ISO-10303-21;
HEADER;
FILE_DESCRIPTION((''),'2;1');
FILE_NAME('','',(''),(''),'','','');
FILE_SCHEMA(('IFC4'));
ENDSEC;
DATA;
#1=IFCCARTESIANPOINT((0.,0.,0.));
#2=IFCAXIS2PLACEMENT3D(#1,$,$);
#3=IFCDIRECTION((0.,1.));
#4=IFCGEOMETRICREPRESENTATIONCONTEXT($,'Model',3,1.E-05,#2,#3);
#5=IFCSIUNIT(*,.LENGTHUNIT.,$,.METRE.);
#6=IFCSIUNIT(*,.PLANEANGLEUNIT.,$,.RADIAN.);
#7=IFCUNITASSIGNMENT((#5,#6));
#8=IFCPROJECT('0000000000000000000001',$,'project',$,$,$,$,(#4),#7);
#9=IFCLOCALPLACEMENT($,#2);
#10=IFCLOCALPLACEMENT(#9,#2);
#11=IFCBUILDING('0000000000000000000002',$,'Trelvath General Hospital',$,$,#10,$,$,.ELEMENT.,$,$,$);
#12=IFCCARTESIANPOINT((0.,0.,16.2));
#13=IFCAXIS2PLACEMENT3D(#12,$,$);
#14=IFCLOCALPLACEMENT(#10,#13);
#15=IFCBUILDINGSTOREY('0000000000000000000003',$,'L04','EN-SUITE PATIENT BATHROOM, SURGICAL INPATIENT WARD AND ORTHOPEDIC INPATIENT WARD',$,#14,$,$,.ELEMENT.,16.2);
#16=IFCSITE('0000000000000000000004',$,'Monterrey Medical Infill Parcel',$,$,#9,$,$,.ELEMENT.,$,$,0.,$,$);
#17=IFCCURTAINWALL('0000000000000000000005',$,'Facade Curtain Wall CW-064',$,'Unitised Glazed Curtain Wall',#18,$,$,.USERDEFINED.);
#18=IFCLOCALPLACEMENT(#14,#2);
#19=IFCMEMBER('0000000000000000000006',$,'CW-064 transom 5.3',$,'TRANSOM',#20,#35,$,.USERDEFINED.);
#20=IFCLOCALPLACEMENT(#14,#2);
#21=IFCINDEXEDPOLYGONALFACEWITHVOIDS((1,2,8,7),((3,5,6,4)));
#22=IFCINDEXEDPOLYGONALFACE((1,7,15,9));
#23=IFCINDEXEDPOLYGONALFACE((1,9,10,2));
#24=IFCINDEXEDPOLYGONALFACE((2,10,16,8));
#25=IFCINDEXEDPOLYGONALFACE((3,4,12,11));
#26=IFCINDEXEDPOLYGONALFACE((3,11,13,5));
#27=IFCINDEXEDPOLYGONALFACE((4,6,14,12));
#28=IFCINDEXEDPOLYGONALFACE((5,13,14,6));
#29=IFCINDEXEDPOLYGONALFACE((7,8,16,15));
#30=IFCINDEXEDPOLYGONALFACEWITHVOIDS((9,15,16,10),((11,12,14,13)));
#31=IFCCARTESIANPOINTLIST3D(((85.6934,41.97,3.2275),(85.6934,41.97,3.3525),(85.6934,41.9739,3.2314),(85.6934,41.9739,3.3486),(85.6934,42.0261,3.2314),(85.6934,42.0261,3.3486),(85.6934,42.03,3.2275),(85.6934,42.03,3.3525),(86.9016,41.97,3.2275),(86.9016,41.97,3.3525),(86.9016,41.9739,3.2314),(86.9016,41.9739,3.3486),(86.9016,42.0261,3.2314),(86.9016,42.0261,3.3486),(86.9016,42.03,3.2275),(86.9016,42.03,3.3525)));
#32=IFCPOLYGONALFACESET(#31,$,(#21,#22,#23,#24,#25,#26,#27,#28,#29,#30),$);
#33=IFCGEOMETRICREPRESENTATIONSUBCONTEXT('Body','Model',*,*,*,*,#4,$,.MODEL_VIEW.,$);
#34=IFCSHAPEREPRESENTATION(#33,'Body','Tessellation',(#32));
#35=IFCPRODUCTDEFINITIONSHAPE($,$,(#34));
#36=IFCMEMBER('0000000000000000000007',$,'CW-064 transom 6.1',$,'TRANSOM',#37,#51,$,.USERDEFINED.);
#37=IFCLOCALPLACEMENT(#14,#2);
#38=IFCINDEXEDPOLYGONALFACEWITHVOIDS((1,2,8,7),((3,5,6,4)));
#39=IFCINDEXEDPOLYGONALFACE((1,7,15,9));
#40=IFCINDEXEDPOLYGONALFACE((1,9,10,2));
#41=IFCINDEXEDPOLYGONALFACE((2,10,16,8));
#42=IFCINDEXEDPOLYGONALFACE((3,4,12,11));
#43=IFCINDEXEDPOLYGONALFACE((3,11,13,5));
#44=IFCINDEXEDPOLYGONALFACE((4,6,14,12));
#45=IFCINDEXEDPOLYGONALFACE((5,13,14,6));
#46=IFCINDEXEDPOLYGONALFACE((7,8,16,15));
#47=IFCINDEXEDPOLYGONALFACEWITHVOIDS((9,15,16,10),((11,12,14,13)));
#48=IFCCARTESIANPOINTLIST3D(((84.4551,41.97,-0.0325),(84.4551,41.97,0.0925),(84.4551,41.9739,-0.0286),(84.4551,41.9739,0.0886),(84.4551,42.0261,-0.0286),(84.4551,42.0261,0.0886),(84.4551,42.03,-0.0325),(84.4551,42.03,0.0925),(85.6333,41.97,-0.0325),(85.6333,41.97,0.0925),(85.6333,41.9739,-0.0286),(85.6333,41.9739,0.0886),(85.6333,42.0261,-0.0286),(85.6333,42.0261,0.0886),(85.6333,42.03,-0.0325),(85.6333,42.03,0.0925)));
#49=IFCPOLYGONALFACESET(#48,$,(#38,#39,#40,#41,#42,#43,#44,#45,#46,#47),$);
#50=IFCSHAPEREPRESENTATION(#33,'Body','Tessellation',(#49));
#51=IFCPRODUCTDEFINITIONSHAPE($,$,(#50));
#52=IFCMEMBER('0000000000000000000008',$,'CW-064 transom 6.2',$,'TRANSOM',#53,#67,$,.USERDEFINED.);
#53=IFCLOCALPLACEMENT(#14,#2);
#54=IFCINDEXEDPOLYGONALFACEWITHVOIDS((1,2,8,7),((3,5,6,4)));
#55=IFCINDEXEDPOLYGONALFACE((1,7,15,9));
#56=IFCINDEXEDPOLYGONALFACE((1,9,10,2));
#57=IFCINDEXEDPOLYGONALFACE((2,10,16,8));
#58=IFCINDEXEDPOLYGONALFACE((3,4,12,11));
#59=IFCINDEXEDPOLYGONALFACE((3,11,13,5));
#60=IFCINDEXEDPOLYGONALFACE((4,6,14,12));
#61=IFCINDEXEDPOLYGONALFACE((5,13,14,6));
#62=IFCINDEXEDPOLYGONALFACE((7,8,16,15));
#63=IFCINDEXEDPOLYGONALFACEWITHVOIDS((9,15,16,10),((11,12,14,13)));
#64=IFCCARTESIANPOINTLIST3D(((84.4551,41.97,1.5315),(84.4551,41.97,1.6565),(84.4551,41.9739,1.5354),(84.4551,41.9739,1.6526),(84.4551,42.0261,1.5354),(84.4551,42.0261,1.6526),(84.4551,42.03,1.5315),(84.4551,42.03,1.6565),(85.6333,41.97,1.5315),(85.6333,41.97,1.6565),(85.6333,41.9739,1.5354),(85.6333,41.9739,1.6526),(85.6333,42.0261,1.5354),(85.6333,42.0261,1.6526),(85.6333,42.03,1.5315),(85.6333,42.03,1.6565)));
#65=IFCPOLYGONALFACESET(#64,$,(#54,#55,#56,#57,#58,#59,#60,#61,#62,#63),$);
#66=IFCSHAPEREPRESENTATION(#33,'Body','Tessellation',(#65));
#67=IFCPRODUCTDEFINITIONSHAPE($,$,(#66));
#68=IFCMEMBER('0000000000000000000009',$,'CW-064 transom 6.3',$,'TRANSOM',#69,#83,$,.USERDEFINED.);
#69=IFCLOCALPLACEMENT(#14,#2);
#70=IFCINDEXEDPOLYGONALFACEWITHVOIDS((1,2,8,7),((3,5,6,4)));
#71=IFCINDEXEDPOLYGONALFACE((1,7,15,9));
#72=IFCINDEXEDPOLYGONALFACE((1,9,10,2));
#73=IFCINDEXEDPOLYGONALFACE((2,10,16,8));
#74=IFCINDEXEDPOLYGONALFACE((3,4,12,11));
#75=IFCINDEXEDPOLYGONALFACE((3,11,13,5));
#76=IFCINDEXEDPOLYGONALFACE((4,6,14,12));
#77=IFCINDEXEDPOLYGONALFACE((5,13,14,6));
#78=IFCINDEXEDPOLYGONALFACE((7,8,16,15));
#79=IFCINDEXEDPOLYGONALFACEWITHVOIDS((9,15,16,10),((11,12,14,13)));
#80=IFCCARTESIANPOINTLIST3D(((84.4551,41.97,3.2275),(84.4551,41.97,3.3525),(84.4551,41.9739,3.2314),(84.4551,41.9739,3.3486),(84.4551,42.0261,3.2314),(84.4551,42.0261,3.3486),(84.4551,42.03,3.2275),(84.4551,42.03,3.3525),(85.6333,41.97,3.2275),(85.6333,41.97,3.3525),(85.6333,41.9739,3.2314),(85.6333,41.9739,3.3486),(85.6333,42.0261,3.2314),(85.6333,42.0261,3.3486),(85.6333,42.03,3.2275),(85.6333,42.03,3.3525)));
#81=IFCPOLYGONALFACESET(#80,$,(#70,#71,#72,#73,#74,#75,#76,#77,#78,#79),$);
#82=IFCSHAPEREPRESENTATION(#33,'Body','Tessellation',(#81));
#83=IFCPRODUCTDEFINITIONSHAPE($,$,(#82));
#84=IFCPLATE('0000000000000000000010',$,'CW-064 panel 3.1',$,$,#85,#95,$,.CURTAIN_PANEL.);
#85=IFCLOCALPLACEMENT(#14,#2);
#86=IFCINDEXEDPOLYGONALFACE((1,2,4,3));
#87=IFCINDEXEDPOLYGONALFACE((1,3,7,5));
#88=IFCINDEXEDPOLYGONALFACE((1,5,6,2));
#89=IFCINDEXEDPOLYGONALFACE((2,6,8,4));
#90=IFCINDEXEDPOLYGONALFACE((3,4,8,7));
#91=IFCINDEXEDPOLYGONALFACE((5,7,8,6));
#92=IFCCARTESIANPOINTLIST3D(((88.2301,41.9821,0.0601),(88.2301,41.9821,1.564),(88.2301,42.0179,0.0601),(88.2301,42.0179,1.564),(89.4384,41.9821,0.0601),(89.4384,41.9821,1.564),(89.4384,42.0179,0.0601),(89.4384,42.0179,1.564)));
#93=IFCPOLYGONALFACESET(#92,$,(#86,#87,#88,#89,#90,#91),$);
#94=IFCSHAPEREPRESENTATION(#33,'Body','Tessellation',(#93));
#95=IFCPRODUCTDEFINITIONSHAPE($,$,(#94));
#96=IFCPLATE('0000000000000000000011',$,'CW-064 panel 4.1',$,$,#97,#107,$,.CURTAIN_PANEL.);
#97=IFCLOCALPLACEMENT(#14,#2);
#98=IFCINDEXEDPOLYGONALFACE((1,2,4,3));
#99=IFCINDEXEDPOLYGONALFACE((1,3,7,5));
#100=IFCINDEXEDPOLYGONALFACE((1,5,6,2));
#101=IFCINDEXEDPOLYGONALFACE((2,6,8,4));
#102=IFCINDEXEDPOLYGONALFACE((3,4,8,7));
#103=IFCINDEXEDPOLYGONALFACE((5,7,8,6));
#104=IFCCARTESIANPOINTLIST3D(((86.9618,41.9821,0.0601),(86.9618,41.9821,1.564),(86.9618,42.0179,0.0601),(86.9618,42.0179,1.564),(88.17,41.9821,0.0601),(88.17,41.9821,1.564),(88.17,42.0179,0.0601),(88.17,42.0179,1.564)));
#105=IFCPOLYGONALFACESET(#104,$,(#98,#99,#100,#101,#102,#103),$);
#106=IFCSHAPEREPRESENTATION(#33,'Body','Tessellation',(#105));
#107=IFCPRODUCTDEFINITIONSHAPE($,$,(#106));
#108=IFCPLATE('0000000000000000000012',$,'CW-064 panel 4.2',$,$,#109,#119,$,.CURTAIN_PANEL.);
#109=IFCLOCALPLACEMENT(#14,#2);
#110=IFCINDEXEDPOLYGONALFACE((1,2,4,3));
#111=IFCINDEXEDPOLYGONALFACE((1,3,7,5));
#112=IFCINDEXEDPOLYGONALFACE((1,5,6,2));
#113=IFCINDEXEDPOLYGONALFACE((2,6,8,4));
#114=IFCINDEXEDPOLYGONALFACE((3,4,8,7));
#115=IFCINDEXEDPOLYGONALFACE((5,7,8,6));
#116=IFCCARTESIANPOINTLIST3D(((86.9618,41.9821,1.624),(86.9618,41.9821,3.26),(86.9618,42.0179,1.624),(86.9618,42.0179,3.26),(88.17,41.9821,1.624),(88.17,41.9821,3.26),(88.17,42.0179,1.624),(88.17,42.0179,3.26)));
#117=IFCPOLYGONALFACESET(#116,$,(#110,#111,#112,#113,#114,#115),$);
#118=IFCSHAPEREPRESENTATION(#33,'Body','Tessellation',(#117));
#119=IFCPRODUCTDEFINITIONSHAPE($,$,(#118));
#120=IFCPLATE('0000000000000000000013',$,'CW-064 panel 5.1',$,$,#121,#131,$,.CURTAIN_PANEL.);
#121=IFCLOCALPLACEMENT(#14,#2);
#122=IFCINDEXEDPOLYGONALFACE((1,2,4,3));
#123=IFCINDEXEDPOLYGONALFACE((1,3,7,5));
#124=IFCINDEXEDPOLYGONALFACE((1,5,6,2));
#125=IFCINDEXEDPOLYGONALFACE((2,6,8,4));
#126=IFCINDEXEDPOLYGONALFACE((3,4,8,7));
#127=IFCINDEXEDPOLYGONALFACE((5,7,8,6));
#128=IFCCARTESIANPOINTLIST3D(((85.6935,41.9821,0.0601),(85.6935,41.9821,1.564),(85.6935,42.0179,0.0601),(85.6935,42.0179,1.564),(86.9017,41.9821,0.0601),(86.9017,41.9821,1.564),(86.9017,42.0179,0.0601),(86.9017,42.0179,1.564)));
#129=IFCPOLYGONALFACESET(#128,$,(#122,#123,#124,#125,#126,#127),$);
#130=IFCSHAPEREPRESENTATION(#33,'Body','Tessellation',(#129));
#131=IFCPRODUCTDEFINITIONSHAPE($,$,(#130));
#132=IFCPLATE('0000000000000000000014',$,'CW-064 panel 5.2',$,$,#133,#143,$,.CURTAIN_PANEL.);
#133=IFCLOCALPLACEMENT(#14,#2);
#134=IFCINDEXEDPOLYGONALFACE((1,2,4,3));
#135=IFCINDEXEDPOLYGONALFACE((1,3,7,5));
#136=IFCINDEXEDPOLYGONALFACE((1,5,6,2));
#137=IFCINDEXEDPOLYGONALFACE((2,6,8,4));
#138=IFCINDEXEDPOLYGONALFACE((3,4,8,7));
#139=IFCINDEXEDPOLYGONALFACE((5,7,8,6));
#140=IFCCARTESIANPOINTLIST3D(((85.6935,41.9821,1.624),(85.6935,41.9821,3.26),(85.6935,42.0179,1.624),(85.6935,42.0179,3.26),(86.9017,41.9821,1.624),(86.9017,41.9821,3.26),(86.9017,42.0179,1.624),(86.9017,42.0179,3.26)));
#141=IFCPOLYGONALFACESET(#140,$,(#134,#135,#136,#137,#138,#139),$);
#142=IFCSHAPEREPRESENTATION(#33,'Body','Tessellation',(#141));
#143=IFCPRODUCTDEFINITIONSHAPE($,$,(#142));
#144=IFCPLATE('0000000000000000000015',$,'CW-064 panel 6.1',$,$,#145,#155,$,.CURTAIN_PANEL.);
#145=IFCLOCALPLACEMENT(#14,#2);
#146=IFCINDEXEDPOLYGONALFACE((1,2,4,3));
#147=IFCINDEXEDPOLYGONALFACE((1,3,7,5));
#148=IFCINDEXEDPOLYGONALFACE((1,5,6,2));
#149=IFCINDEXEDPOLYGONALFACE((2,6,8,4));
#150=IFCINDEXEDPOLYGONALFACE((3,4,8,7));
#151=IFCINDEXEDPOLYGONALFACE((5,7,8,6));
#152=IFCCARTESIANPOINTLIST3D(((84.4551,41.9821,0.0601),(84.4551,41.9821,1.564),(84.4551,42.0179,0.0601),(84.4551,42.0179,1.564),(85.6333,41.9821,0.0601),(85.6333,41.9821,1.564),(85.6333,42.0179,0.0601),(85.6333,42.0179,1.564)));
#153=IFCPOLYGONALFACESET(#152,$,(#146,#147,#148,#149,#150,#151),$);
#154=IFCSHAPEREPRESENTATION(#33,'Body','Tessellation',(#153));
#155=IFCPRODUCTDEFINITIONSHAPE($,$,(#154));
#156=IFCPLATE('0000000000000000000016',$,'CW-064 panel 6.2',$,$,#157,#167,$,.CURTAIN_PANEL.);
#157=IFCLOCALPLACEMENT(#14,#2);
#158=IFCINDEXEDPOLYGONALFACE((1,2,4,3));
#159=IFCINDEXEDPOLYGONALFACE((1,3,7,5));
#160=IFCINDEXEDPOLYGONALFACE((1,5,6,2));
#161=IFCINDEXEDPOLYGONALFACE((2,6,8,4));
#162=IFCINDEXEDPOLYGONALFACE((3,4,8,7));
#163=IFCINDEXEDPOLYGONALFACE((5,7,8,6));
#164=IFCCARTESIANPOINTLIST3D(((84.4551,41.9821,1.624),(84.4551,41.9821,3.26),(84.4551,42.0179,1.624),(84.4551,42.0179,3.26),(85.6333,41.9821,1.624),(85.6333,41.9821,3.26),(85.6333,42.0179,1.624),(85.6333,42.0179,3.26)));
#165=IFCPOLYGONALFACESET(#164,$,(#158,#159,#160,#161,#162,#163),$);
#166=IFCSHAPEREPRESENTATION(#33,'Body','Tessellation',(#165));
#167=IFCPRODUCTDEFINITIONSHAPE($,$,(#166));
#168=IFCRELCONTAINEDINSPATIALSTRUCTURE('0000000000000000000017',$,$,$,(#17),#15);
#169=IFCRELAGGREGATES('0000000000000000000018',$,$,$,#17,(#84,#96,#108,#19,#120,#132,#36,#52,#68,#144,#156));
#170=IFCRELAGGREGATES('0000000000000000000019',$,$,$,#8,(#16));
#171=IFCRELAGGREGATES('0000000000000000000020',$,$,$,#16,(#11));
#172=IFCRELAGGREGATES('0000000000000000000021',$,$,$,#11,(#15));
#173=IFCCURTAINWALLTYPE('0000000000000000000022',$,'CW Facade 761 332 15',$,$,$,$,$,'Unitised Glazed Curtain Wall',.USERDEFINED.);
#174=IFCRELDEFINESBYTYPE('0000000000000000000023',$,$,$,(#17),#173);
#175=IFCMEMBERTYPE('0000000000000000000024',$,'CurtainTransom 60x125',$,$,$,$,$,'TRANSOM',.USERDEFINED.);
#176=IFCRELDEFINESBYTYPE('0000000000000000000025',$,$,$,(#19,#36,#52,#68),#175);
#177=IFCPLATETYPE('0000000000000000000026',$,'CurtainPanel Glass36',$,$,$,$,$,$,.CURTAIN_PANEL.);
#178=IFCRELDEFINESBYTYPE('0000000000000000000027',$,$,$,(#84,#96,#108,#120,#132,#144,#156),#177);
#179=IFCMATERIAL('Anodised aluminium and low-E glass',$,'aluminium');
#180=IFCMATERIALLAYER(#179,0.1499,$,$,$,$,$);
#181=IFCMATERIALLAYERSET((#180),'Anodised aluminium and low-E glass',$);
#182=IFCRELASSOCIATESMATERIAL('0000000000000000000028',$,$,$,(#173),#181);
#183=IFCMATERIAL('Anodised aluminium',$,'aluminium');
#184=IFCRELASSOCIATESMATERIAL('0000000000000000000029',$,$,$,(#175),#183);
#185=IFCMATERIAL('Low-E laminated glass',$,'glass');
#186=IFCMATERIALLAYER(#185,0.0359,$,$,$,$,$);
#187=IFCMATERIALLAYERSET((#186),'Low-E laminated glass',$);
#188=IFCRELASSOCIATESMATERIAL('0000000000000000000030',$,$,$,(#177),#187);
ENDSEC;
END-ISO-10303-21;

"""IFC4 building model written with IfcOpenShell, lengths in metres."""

from ifc_helpers import new_model, si_unit, direction, frame, origin, origin_2d, place, context, subcontext, project, spatial, rectangle, hollow_rectangle, extrude, material, layer, layer_set, material_profile, profile_set, type_object, element, aggregate, save


model = new_model("IFC4")

# Units and contexts
model_context = context("Model", 3, precision=1e-05, world=origin(), true_north=direction((0.0, 1.0)))
body_context = subcontext(model_context, "Body", "Model", "MODEL_VIEW")
ifc_project = project(units=[si_unit("LENGTHUNIT", "METRE"), si_unit("PLANEANGLEUNIT", "RADIAN")], contexts=[model_context])

# Site, building, storey
site_placement = place(None, origin())
site = spatial("IfcSite", under=ifc_project, at=site_placement, Name="Monterrey Medical Infill Parcel", CompositionType="ELEMENT", RefElevation=0.0)
building_placement = place(site_placement, origin())
building = spatial("IfcBuilding", under=site, at=building_placement, Name="Trelvath General Hospital", CompositionType="ELEMENT")
storey_placement = place(building_placement, frame((0.0, 0.0, 16.2)))
storey = spatial("IfcBuildingStorey", under=building, at=storey_placement, Name="L04", Description="EN-SUITE PATIENT BATHROOM, SURGICAL INPATIENT WARD AND ORTHOPEDIC INPATIENT WARD", CompositionType="ELEMENT", Elevation=16.2)

# Curtain wall, members, plates
ifc_material_1 = material(Name="Anodised aluminium and low-E glass", Category="aluminium")
ifc_layer_1 = layer(ifc_material_1, 0.1499)
ifc_layer_set_1 = layer_set([ifc_layer_1], Name="Anodised aluminium and low-E glass")
curtain_wall_type = type_object("IfcCurtainWallType", Name="CW Facade 761 332 15", ElementType="Unitised Glazed Curtain Wall", PredefinedType="USERDEFINED", material=ifc_layer_set_1)
curtain_wall_placement = place(storey_placement, origin())
curtain_wall = element("IfcCurtainWall", 1, at=curtain_wall_placement, inside=storey, type_object=curtain_wall_type, Name="Facade Curtain Wall CW-064", ObjectType="Unitised Glazed Curtain Wall", PredefinedType="USERDEFINED")
ifc_material_2 = material(Name="Anodised aluminium", Category="aluminium")
ifc_material_profile_1 = material_profile(ifc_material_2, hollow_rectangle(XDim=0.0601, YDim=0.125, WallThickness=0.0039, at=origin_2d()), Name="RHS60x125x4")
ifc_profile_set_1 = profile_set([ifc_material_profile_1], Name="Anodised aluminium")
member_type_1 = type_object("IfcMemberType", Name="CurtainTransom 60x125", ElementType="TRANSOM", PredefinedType="USERDEFINED", material=ifc_profile_set_1)
member_1_placement = place(storey_placement, frame((86.9016, 42.0, 3.29), z_axis=(-1.0, 0.0, 0.0), x_axis=(0.0, -1.0, 0.0)))
member_1 = element("IfcMember", 2, at=member_1_placement, type_object=member_type_1, Name="CW-064 transom 5.3", ObjectType="TRANSOM", PredefinedType="USERDEFINED", context=body_context, shape_type="SweptSolid", body=[
    extrude(hollow_rectangle(XDim=0.0601, YDim=0.125, WallThickness=0.0039, at=origin_2d()), origin(), (0.0, 0.0, 1.0), 1.2083),
])
member_2_placement = place(storey_placement, frame((85.6333, 42.0, 0.03), z_axis=(-1.0, 0.0, 0.0), x_axis=(0.0, -1.0, 0.0)))
member_2 = element("IfcMember", 3, at=member_2_placement, type_object=member_type_1, Name="CW-064 transom 6.1", ObjectType="TRANSOM", PredefinedType="USERDEFINED", context=body_context, shape_type="SweptSolid", body=[
    extrude(hollow_rectangle(XDim=0.0601, YDim=0.125, WallThickness=0.0039, at=origin_2d()), origin(), (0.0, 0.0, 1.0), 1.1782),
])
member_3_placement = place(storey_placement, frame((85.6333, 42.0, 1.594), z_axis=(-1.0, 0.0, 0.0), x_axis=(0.0, -1.0, 0.0)))
member_3 = element("IfcMember", 4, at=member_3_placement, type_object=member_type_1, Name="CW-064 transom 6.2", ObjectType="TRANSOM", PredefinedType="USERDEFINED", context=body_context, shape_type="SweptSolid", body=[
    extrude(hollow_rectangle(XDim=0.0601, YDim=0.125, WallThickness=0.0039, at=origin_2d()), origin(), (0.0, 0.0, 1.0), 1.1782),
])
member_4_placement = place(storey_placement, frame((85.6333, 42.0, 3.29), z_axis=(-1.0, 0.0, 0.0), x_axis=(0.0, -1.0, 0.0)))
member_4 = element("IfcMember", 5, at=member_4_placement, type_object=member_type_1, Name="CW-064 transom 6.3", ObjectType="TRANSOM", PredefinedType="USERDEFINED", context=body_context, shape_type="SweptSolid", body=[
    extrude(hollow_rectangle(XDim=0.0601, YDim=0.125, WallThickness=0.0039, at=origin_2d()), origin(), (0.0, 0.0, 1.0), 1.1782),
])
ifc_material_3 = material(Name="Low-E laminated glass", Category="glass")
ifc_layer_2 = layer(ifc_material_3, 0.0359)
ifc_layer_set_2 = layer_set([ifc_layer_2], Name="Low-E laminated glass")
plate_type = type_object("IfcPlateType", Name="CurtainPanel Glass36", PredefinedType="CURTAIN_PANEL", material=ifc_layer_set_2)
plate_1_placement = place(storey_placement, frame((88.8342, 42.0, 0.0601), z_axis=(0.0, 0.0, 1.0), x_axis=(-1.0, 0.0, 0.0)))
plate_1 = element("IfcPlate", 6, at=plate_1_placement, type_object=plate_type, Name="CW-064 panel 3.1", PredefinedType="CURTAIN_PANEL", context=body_context, shape_type="SweptSolid", body=[
    extrude(rectangle(XDim=1.2083, YDim=0.0359, at=origin_2d()), origin(), (0.0, 0.0, 1.0), 1.5039),
])
plate_2_placement = place(storey_placement, frame((87.5659, 42.0, 0.0601), z_axis=(0.0, 0.0, 1.0), x_axis=(-1.0, 0.0, 0.0)))
plate_2 = element("IfcPlate", 7, at=plate_2_placement, type_object=plate_type, Name="CW-064 panel 4.1", PredefinedType="CURTAIN_PANEL", context=body_context, shape_type="SweptSolid", body=[
    extrude(rectangle(XDim=1.2083, YDim=0.0359, at=origin_2d()), origin(), (0.0, 0.0, 1.0), 1.5039),
])
plate_3_placement = place(storey_placement, frame((87.5659, 42.0, 1.624), z_axis=(0.0, 0.0, 1.0), x_axis=(-1.0, 0.0, 0.0)))
plate_3 = element("IfcPlate", 8, at=plate_3_placement, type_object=plate_type, Name="CW-064 panel 4.2", PredefinedType="CURTAIN_PANEL", context=body_context, shape_type="SweptSolid", body=[
    extrude(rectangle(XDim=1.2083, YDim=0.0359, at=origin_2d()), origin(), (0.0, 0.0, 1.0), 1.636),
])
plate_4_placement = place(storey_placement, frame((86.2976, 42.0, 0.0601), z_axis=(0.0, 0.0, 1.0), x_axis=(-1.0, 0.0, 0.0)))
plate_4 = element("IfcPlate", 9, at=plate_4_placement, type_object=plate_type, Name="CW-064 panel 5.1", PredefinedType="CURTAIN_PANEL", context=body_context, shape_type="SweptSolid", body=[
    extrude(rectangle(XDim=1.2083, YDim=0.0359, at=origin_2d()), origin(), (0.0, 0.0, 1.0), 1.5039),
])
plate_5_placement = place(storey_placement, frame((86.2976, 42.0, 1.624), z_axis=(0.0, 0.0, 1.0), x_axis=(-1.0, 0.0, 0.0)))
plate_5 = element("IfcPlate", 10, at=plate_5_placement, type_object=plate_type, Name="CW-064 panel 5.2", PredefinedType="CURTAIN_PANEL", context=body_context, shape_type="SweptSolid", body=[
    extrude(rectangle(XDim=1.2083, YDim=0.0359, at=origin_2d()), origin(), (0.0, 0.0, 1.0), 1.636),
])
plate_6_placement = place(storey_placement, frame((85.0442, 42.0, 0.0601), z_axis=(0.0, 0.0, 1.0), x_axis=(-1.0, 0.0, 0.0)))
plate_6 = element("IfcPlate", 11, at=plate_6_placement, type_object=plate_type, Name="CW-064 panel 6.1", PredefinedType="CURTAIN_PANEL", context=body_context, shape_type="SweptSolid", body=[
    extrude(rectangle(XDim=1.1782, YDim=0.0359, at=origin_2d()), origin(), (0.0, 0.0, 1.0), 1.5039),
])
plate_7_placement = place(storey_placement, frame((85.0442, 42.0, 1.624), z_axis=(0.0, 0.0, 1.0), x_axis=(-1.0, 0.0, 0.0)))
plate_7 = element("IfcPlate", 12, at=plate_7_placement, type_object=plate_type, Name="CW-064 panel 6.2", PredefinedType="CURTAIN_PANEL", context=body_context, shape_type="SweptSolid", body=[
    extrude(rectangle(XDim=1.1782, YDim=0.0359, at=origin_2d()), origin(), (0.0, 0.0, 1.0), 1.636),
])
aggregate(curtain_wall, [plate_1, plate_2, plate_3, member_1, plate_4, plate_5, member_2, member_3, member_4, plate_6, plate_7])

save(model, "model.ifc")
